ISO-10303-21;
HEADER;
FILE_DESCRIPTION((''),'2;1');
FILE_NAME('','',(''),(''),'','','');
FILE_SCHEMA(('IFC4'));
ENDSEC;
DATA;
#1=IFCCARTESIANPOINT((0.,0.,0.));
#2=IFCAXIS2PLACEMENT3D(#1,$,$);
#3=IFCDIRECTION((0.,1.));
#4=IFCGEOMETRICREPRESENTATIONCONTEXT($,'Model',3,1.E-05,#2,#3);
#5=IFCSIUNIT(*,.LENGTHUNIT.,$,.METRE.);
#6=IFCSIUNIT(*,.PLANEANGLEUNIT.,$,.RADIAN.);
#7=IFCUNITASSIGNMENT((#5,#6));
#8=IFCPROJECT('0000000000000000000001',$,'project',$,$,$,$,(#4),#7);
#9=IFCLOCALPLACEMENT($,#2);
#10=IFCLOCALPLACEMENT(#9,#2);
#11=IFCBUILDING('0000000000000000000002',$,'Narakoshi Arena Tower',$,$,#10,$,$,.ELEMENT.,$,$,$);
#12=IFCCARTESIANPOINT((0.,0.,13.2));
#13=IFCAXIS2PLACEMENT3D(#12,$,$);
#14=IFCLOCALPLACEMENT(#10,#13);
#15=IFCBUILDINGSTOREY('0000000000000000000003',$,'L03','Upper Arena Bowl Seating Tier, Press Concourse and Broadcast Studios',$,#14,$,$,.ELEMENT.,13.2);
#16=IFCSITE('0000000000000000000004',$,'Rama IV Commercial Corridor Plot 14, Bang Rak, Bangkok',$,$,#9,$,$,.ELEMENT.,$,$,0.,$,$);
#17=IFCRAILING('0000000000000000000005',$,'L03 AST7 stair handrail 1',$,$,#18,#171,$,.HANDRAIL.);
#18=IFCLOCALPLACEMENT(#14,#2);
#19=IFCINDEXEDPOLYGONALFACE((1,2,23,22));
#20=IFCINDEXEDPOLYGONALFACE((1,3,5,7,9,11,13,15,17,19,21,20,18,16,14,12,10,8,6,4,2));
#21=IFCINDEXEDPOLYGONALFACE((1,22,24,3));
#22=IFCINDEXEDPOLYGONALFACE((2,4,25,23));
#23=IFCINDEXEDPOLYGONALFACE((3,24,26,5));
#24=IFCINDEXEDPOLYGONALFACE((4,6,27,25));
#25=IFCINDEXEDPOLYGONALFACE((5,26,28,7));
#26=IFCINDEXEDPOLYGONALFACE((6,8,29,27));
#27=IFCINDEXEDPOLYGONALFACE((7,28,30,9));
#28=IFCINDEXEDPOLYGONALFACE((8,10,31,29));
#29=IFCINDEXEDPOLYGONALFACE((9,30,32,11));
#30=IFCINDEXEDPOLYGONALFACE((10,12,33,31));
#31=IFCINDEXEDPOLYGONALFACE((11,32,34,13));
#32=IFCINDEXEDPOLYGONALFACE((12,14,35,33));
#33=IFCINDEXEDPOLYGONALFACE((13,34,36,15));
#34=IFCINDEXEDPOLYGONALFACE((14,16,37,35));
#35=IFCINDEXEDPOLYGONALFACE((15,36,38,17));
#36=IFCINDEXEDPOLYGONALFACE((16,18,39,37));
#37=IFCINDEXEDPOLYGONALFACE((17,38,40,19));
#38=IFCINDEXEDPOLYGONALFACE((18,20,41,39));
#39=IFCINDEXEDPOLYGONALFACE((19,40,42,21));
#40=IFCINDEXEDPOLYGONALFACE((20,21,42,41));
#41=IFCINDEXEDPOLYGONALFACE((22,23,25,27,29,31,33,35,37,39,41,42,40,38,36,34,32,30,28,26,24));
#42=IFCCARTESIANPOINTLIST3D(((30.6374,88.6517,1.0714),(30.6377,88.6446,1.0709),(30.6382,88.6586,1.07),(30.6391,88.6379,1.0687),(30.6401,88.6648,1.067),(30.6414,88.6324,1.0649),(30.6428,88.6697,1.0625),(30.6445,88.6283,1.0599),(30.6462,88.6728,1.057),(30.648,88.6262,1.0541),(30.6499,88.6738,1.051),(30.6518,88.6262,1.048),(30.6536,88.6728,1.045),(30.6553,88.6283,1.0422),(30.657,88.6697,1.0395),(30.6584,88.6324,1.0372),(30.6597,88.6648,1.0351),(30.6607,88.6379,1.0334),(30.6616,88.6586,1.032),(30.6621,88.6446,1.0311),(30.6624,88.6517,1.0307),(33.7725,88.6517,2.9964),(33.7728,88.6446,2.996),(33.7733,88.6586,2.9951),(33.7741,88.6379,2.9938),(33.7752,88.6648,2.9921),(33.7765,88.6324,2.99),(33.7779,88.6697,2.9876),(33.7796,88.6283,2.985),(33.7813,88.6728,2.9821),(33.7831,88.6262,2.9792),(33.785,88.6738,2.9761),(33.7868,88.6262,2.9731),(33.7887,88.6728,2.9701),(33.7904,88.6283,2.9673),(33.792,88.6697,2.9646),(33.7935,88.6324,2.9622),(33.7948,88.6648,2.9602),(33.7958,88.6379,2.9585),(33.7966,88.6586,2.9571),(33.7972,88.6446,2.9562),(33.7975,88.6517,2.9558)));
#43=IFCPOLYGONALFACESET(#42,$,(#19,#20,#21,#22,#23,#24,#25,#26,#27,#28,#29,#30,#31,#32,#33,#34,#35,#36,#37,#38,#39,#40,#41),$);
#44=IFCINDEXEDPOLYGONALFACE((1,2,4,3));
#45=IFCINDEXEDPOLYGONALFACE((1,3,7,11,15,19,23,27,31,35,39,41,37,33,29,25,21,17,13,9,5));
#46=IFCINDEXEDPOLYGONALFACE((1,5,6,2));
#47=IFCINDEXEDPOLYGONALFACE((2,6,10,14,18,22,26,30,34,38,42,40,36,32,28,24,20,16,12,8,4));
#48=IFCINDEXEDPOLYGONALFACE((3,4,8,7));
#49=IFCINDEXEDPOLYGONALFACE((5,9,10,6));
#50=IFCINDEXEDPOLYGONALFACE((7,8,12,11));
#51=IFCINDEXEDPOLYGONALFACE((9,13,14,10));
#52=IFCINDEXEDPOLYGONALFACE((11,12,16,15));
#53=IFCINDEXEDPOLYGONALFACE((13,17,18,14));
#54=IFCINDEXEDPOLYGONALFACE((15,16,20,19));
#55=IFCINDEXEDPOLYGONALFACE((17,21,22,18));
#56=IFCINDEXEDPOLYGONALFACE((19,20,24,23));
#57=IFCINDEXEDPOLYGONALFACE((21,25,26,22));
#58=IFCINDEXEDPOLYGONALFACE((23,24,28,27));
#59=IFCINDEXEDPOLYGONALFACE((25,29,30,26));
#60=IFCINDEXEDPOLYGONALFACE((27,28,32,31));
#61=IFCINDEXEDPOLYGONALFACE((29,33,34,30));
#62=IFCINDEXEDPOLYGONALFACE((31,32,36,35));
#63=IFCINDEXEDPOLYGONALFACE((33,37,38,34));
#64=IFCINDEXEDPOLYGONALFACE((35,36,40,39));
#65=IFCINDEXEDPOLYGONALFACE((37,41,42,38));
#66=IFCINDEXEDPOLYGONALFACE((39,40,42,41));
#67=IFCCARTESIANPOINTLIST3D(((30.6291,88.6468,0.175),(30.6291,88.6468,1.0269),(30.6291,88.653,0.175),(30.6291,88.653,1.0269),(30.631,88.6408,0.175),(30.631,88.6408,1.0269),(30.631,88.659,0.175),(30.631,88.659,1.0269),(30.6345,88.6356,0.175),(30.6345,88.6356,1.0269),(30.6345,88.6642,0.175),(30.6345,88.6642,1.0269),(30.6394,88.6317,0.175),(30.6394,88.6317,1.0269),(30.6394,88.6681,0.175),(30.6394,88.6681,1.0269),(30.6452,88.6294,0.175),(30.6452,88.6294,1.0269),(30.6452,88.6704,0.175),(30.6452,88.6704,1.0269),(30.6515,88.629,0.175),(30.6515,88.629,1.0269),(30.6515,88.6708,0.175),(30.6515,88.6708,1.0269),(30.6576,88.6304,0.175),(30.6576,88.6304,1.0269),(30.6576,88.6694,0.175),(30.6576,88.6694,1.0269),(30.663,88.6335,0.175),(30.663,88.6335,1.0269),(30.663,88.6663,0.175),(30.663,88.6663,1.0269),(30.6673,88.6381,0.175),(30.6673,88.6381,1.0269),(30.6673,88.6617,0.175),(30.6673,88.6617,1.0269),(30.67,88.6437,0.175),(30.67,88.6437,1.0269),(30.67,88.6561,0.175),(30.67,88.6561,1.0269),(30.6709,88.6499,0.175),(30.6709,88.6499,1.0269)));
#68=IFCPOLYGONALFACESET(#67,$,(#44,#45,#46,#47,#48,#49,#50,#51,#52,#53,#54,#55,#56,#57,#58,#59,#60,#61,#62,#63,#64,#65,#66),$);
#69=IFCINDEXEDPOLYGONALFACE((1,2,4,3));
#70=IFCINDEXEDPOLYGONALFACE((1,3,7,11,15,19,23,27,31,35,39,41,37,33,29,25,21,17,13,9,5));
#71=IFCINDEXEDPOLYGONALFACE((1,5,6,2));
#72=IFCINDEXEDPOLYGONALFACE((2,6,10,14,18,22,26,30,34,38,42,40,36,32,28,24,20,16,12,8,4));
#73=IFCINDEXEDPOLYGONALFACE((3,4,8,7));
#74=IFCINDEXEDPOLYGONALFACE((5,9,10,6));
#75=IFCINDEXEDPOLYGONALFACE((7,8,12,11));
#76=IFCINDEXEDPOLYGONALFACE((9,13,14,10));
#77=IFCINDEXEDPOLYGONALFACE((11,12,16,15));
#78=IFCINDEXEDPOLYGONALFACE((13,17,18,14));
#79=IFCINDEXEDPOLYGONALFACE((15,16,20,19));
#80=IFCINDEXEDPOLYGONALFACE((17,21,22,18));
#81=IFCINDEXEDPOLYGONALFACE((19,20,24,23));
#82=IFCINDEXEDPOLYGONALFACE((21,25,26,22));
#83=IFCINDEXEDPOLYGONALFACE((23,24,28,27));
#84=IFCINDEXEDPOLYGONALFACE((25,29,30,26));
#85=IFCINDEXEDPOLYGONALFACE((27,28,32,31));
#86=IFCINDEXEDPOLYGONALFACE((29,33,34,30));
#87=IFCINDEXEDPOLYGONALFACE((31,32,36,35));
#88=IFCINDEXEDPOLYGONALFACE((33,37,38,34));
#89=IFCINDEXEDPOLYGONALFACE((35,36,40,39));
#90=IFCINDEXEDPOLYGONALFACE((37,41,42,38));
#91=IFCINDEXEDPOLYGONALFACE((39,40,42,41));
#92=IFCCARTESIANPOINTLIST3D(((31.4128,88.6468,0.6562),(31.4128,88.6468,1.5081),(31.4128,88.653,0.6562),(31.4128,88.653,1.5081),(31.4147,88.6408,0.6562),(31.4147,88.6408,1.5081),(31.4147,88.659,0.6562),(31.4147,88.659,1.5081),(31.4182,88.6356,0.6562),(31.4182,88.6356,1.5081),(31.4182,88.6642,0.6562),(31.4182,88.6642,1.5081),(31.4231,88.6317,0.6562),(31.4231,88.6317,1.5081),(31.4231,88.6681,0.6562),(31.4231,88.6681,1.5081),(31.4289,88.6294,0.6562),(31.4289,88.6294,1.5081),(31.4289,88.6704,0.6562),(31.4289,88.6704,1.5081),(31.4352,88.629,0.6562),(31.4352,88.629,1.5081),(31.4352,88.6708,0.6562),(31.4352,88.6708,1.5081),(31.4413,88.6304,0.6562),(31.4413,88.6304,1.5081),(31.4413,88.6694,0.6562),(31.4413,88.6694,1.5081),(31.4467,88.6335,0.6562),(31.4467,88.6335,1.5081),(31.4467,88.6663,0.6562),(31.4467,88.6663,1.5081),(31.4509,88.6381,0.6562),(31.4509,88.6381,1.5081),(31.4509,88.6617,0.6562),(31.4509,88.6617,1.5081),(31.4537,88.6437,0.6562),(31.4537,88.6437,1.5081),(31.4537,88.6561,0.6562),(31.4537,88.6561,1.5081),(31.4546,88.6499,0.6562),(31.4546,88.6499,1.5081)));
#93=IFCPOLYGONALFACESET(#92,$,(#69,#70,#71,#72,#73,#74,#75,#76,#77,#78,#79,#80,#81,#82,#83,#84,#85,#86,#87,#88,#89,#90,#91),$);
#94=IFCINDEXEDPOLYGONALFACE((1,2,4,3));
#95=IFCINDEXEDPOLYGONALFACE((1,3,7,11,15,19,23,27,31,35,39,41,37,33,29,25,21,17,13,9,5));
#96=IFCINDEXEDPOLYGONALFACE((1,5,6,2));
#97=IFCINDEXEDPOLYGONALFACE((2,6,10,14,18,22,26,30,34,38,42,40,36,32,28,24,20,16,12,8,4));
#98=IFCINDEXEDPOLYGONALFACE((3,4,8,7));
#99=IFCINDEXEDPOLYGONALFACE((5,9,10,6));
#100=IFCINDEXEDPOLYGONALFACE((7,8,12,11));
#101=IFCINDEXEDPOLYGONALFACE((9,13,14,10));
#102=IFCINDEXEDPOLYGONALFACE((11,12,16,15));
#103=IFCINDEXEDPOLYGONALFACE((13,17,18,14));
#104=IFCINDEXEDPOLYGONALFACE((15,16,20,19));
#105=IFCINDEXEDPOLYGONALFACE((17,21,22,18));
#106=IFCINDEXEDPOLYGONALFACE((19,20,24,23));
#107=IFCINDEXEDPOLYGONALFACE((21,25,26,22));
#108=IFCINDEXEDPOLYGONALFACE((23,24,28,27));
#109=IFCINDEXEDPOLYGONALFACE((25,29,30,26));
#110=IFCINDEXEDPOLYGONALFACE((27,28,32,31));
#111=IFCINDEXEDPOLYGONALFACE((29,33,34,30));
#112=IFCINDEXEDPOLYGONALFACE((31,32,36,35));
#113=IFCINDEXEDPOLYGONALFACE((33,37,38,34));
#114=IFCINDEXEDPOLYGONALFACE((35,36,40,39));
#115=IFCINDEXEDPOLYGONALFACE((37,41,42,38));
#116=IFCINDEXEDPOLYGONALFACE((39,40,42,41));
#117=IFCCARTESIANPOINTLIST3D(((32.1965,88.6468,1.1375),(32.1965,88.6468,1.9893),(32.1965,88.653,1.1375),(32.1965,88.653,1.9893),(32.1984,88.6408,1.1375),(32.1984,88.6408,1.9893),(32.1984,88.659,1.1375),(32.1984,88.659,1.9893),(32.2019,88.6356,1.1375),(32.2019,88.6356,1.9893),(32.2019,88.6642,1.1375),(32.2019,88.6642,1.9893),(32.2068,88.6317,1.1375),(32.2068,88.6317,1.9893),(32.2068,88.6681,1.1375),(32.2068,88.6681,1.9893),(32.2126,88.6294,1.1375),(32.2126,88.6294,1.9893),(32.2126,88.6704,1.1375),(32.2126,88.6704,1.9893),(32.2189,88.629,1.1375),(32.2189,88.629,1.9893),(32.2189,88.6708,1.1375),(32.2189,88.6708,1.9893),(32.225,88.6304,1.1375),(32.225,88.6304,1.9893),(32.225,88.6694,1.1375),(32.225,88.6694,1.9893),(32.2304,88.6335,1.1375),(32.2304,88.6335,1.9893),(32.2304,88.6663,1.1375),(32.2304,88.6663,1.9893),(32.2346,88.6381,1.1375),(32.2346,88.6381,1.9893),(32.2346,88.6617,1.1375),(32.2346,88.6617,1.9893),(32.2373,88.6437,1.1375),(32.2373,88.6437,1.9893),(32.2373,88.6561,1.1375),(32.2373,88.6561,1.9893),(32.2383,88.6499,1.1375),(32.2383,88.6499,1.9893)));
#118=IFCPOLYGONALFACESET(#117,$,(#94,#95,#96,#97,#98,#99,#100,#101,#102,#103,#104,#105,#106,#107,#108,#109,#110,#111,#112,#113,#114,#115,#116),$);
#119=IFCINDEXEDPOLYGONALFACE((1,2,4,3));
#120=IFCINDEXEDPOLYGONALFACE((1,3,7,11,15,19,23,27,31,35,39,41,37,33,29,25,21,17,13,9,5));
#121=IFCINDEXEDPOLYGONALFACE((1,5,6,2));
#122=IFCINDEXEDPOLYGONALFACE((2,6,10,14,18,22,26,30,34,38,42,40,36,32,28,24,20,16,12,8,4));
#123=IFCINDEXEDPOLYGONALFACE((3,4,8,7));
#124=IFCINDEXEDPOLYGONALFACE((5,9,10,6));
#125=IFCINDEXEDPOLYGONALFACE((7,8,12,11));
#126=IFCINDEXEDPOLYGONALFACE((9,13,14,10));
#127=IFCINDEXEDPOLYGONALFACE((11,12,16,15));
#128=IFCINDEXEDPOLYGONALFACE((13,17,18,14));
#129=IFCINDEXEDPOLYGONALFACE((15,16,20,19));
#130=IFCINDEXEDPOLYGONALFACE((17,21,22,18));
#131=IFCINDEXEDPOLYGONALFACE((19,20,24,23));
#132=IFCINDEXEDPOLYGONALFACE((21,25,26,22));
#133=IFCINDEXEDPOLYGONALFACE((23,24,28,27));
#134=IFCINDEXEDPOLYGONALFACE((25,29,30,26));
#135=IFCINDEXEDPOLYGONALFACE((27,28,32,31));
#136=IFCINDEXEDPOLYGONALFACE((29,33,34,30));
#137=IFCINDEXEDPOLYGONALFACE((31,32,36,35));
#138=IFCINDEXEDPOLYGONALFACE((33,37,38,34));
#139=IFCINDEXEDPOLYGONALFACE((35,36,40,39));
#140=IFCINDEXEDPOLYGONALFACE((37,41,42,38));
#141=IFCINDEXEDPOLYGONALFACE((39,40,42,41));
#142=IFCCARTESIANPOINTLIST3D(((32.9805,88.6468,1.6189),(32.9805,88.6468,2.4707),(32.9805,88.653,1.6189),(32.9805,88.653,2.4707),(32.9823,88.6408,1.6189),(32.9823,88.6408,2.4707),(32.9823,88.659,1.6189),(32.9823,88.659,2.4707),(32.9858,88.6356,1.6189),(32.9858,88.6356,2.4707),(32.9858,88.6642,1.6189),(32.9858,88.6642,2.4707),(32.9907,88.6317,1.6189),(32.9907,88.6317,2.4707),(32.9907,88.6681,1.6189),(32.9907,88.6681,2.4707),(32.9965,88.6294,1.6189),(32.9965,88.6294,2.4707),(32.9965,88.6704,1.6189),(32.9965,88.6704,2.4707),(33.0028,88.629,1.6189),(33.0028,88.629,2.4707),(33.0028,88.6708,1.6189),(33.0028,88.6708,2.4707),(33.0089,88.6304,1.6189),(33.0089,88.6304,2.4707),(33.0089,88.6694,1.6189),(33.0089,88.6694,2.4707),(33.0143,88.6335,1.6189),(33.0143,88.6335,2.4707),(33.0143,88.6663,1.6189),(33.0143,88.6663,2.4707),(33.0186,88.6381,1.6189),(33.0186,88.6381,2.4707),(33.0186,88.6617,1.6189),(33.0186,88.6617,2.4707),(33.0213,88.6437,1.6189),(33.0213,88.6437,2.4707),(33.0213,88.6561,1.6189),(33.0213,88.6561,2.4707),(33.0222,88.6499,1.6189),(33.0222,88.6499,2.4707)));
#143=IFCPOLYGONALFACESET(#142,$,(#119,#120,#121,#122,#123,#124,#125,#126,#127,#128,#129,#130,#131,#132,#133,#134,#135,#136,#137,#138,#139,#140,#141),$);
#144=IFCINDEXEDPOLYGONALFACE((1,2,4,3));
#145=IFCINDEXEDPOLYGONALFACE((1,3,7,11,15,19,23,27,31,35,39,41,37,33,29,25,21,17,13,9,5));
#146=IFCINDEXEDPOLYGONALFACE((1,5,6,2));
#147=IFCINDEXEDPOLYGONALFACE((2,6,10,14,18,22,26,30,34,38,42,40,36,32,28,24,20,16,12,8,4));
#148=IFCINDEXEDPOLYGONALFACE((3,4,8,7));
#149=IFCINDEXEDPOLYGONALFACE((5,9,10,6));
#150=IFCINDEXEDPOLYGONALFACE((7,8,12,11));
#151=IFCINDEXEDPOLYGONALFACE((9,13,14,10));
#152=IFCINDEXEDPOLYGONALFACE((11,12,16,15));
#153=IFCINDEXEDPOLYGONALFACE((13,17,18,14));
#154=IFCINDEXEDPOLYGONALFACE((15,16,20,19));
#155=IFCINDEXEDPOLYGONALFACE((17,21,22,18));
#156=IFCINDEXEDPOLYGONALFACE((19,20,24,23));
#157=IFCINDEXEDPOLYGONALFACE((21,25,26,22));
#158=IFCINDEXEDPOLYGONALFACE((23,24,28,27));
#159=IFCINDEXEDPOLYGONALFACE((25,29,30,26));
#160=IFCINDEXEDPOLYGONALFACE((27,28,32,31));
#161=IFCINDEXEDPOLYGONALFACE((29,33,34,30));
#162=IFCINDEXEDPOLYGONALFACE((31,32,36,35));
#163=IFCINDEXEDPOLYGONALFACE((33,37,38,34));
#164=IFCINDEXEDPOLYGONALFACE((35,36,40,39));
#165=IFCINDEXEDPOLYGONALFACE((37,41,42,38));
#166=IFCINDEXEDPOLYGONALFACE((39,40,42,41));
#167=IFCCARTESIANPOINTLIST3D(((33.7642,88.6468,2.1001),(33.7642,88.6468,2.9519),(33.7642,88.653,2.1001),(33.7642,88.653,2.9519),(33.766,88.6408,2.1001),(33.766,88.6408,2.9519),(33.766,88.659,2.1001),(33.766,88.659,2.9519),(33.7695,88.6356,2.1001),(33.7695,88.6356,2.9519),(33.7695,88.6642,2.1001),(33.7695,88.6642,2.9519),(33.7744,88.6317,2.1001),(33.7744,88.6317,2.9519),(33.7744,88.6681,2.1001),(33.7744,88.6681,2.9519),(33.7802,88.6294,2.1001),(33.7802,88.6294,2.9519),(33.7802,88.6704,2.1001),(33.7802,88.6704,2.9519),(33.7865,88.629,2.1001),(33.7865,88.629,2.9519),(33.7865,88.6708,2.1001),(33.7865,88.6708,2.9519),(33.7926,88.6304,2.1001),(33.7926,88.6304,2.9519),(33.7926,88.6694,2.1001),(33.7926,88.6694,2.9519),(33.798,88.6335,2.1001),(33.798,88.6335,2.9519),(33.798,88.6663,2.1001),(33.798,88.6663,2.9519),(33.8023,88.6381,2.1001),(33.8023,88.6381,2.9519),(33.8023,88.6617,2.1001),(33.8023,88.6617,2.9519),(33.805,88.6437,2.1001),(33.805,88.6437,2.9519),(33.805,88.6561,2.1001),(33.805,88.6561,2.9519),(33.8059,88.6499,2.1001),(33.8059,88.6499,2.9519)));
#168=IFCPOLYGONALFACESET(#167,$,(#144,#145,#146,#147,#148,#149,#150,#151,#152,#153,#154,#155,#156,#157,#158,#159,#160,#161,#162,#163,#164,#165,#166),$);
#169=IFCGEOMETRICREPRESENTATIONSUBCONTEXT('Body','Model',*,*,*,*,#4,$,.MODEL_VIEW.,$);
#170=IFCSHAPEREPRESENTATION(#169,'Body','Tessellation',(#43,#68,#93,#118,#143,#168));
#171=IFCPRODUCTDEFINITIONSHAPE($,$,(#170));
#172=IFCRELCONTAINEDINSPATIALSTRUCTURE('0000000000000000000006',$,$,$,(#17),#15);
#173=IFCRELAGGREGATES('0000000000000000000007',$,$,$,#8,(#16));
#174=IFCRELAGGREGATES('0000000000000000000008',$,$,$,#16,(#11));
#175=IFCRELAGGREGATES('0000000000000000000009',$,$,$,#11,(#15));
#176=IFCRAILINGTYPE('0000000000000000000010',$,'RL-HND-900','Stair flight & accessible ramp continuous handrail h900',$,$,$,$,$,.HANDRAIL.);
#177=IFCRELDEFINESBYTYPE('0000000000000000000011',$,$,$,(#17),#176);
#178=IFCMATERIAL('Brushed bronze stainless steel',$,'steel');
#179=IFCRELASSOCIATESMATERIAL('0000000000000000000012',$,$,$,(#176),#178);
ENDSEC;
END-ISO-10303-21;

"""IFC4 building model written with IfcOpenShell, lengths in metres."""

from ifc_helpers import new_model, si_unit, direction, frame, origin, origin_2d, place, context, subcontext, project, spatial, circle, extrude, material, type_object, element, save


model = new_model("IFC4")

# Units and contexts
model_context = context("Model", 3, precision=1e-05, world=origin(), true_north=direction((0.0, 1.0)))
body_context = subcontext(model_context, "Body", "Model", "MODEL_VIEW")
ifc_project = project(units=[si_unit("LENGTHUNIT", "METRE"), si_unit("PLANEANGLEUNIT", "RADIAN")], contexts=[model_context])

# Site, building, storey
site_placement = place(None, origin())
site = spatial("IfcSite", under=ifc_project, at=site_placement, Name="Rama IV Commercial Corridor Plot 14, Bang Rak, Bangkok", CompositionType="ELEMENT", RefElevation=0.0)
building_placement = place(site_placement, origin())
building = spatial("IfcBuilding", under=site, at=building_placement, Name="Narakoshi Arena Tower", CompositionType="ELEMENT")
storey_placement = place(building_placement, frame((0.0, 0.0, 13.2)))
storey = spatial("IfcBuildingStorey", under=building, at=storey_placement, Name="L03", Description="Upper Arena Bowl Seating Tier, Press Concourse and Broadcast Studios", CompositionType="ELEMENT", Elevation=13.2)

# Railing
ifc_material_1 = material(Name="Brushed bronze stainless steel", Category="steel")
railing_type_1 = type_object("IfcRailingType", Name="RL-HND-900", Description="Stair flight & accessible ramp continuous handrail h900", PredefinedType="HANDRAIL", material=ifc_material_1)
railing_1_placement = place(storey_placement, frame((30.6499, 88.6499, 0.175)))
element("IfcRailing", 1, at=railing_1_placement, inside=storey, type_object=railing_type_1, Name="L03 AST7 stair handrail 1", PredefinedType="HANDRAIL", context=body_context, shape_type="SweptSolid", body=[
    extrude(circle(Radius=0.0239, at=origin_2d()), frame((0.0, 0.0, 0.876), z_axis=(0.852166, 0.0, 0.523271), x_axis=(0.0, 1.0, 0.0)), (0.0, 0.0, 1.0), 3.679),
    extrude(circle(Radius=0.021, at=origin_2d()), origin(), (0.0, 0.0, 1.0), 0.8518),
    extrude(circle(Radius=0.021, at=origin_2d()), frame((0.7837, 0.0, 0.4812)), (0.0, 0.0, 1.0), 0.8518),
    extrude(circle(Radius=0.021, at=origin_2d()), frame((1.5674, 0.0, 0.9624)), (0.0, 0.0, 1.0), 0.8518),
    extrude(circle(Radius=0.021, at=origin_2d()), frame((2.3513, 0.0, 1.4438)), (0.0, 0.0, 1.0), 0.8518),
    extrude(circle(Radius=0.021, at=origin_2d()), frame((3.135, 0.0, 1.925)), (0.0, 0.0, 1.0), 0.8518),
])

save(model, "model.ifc")
